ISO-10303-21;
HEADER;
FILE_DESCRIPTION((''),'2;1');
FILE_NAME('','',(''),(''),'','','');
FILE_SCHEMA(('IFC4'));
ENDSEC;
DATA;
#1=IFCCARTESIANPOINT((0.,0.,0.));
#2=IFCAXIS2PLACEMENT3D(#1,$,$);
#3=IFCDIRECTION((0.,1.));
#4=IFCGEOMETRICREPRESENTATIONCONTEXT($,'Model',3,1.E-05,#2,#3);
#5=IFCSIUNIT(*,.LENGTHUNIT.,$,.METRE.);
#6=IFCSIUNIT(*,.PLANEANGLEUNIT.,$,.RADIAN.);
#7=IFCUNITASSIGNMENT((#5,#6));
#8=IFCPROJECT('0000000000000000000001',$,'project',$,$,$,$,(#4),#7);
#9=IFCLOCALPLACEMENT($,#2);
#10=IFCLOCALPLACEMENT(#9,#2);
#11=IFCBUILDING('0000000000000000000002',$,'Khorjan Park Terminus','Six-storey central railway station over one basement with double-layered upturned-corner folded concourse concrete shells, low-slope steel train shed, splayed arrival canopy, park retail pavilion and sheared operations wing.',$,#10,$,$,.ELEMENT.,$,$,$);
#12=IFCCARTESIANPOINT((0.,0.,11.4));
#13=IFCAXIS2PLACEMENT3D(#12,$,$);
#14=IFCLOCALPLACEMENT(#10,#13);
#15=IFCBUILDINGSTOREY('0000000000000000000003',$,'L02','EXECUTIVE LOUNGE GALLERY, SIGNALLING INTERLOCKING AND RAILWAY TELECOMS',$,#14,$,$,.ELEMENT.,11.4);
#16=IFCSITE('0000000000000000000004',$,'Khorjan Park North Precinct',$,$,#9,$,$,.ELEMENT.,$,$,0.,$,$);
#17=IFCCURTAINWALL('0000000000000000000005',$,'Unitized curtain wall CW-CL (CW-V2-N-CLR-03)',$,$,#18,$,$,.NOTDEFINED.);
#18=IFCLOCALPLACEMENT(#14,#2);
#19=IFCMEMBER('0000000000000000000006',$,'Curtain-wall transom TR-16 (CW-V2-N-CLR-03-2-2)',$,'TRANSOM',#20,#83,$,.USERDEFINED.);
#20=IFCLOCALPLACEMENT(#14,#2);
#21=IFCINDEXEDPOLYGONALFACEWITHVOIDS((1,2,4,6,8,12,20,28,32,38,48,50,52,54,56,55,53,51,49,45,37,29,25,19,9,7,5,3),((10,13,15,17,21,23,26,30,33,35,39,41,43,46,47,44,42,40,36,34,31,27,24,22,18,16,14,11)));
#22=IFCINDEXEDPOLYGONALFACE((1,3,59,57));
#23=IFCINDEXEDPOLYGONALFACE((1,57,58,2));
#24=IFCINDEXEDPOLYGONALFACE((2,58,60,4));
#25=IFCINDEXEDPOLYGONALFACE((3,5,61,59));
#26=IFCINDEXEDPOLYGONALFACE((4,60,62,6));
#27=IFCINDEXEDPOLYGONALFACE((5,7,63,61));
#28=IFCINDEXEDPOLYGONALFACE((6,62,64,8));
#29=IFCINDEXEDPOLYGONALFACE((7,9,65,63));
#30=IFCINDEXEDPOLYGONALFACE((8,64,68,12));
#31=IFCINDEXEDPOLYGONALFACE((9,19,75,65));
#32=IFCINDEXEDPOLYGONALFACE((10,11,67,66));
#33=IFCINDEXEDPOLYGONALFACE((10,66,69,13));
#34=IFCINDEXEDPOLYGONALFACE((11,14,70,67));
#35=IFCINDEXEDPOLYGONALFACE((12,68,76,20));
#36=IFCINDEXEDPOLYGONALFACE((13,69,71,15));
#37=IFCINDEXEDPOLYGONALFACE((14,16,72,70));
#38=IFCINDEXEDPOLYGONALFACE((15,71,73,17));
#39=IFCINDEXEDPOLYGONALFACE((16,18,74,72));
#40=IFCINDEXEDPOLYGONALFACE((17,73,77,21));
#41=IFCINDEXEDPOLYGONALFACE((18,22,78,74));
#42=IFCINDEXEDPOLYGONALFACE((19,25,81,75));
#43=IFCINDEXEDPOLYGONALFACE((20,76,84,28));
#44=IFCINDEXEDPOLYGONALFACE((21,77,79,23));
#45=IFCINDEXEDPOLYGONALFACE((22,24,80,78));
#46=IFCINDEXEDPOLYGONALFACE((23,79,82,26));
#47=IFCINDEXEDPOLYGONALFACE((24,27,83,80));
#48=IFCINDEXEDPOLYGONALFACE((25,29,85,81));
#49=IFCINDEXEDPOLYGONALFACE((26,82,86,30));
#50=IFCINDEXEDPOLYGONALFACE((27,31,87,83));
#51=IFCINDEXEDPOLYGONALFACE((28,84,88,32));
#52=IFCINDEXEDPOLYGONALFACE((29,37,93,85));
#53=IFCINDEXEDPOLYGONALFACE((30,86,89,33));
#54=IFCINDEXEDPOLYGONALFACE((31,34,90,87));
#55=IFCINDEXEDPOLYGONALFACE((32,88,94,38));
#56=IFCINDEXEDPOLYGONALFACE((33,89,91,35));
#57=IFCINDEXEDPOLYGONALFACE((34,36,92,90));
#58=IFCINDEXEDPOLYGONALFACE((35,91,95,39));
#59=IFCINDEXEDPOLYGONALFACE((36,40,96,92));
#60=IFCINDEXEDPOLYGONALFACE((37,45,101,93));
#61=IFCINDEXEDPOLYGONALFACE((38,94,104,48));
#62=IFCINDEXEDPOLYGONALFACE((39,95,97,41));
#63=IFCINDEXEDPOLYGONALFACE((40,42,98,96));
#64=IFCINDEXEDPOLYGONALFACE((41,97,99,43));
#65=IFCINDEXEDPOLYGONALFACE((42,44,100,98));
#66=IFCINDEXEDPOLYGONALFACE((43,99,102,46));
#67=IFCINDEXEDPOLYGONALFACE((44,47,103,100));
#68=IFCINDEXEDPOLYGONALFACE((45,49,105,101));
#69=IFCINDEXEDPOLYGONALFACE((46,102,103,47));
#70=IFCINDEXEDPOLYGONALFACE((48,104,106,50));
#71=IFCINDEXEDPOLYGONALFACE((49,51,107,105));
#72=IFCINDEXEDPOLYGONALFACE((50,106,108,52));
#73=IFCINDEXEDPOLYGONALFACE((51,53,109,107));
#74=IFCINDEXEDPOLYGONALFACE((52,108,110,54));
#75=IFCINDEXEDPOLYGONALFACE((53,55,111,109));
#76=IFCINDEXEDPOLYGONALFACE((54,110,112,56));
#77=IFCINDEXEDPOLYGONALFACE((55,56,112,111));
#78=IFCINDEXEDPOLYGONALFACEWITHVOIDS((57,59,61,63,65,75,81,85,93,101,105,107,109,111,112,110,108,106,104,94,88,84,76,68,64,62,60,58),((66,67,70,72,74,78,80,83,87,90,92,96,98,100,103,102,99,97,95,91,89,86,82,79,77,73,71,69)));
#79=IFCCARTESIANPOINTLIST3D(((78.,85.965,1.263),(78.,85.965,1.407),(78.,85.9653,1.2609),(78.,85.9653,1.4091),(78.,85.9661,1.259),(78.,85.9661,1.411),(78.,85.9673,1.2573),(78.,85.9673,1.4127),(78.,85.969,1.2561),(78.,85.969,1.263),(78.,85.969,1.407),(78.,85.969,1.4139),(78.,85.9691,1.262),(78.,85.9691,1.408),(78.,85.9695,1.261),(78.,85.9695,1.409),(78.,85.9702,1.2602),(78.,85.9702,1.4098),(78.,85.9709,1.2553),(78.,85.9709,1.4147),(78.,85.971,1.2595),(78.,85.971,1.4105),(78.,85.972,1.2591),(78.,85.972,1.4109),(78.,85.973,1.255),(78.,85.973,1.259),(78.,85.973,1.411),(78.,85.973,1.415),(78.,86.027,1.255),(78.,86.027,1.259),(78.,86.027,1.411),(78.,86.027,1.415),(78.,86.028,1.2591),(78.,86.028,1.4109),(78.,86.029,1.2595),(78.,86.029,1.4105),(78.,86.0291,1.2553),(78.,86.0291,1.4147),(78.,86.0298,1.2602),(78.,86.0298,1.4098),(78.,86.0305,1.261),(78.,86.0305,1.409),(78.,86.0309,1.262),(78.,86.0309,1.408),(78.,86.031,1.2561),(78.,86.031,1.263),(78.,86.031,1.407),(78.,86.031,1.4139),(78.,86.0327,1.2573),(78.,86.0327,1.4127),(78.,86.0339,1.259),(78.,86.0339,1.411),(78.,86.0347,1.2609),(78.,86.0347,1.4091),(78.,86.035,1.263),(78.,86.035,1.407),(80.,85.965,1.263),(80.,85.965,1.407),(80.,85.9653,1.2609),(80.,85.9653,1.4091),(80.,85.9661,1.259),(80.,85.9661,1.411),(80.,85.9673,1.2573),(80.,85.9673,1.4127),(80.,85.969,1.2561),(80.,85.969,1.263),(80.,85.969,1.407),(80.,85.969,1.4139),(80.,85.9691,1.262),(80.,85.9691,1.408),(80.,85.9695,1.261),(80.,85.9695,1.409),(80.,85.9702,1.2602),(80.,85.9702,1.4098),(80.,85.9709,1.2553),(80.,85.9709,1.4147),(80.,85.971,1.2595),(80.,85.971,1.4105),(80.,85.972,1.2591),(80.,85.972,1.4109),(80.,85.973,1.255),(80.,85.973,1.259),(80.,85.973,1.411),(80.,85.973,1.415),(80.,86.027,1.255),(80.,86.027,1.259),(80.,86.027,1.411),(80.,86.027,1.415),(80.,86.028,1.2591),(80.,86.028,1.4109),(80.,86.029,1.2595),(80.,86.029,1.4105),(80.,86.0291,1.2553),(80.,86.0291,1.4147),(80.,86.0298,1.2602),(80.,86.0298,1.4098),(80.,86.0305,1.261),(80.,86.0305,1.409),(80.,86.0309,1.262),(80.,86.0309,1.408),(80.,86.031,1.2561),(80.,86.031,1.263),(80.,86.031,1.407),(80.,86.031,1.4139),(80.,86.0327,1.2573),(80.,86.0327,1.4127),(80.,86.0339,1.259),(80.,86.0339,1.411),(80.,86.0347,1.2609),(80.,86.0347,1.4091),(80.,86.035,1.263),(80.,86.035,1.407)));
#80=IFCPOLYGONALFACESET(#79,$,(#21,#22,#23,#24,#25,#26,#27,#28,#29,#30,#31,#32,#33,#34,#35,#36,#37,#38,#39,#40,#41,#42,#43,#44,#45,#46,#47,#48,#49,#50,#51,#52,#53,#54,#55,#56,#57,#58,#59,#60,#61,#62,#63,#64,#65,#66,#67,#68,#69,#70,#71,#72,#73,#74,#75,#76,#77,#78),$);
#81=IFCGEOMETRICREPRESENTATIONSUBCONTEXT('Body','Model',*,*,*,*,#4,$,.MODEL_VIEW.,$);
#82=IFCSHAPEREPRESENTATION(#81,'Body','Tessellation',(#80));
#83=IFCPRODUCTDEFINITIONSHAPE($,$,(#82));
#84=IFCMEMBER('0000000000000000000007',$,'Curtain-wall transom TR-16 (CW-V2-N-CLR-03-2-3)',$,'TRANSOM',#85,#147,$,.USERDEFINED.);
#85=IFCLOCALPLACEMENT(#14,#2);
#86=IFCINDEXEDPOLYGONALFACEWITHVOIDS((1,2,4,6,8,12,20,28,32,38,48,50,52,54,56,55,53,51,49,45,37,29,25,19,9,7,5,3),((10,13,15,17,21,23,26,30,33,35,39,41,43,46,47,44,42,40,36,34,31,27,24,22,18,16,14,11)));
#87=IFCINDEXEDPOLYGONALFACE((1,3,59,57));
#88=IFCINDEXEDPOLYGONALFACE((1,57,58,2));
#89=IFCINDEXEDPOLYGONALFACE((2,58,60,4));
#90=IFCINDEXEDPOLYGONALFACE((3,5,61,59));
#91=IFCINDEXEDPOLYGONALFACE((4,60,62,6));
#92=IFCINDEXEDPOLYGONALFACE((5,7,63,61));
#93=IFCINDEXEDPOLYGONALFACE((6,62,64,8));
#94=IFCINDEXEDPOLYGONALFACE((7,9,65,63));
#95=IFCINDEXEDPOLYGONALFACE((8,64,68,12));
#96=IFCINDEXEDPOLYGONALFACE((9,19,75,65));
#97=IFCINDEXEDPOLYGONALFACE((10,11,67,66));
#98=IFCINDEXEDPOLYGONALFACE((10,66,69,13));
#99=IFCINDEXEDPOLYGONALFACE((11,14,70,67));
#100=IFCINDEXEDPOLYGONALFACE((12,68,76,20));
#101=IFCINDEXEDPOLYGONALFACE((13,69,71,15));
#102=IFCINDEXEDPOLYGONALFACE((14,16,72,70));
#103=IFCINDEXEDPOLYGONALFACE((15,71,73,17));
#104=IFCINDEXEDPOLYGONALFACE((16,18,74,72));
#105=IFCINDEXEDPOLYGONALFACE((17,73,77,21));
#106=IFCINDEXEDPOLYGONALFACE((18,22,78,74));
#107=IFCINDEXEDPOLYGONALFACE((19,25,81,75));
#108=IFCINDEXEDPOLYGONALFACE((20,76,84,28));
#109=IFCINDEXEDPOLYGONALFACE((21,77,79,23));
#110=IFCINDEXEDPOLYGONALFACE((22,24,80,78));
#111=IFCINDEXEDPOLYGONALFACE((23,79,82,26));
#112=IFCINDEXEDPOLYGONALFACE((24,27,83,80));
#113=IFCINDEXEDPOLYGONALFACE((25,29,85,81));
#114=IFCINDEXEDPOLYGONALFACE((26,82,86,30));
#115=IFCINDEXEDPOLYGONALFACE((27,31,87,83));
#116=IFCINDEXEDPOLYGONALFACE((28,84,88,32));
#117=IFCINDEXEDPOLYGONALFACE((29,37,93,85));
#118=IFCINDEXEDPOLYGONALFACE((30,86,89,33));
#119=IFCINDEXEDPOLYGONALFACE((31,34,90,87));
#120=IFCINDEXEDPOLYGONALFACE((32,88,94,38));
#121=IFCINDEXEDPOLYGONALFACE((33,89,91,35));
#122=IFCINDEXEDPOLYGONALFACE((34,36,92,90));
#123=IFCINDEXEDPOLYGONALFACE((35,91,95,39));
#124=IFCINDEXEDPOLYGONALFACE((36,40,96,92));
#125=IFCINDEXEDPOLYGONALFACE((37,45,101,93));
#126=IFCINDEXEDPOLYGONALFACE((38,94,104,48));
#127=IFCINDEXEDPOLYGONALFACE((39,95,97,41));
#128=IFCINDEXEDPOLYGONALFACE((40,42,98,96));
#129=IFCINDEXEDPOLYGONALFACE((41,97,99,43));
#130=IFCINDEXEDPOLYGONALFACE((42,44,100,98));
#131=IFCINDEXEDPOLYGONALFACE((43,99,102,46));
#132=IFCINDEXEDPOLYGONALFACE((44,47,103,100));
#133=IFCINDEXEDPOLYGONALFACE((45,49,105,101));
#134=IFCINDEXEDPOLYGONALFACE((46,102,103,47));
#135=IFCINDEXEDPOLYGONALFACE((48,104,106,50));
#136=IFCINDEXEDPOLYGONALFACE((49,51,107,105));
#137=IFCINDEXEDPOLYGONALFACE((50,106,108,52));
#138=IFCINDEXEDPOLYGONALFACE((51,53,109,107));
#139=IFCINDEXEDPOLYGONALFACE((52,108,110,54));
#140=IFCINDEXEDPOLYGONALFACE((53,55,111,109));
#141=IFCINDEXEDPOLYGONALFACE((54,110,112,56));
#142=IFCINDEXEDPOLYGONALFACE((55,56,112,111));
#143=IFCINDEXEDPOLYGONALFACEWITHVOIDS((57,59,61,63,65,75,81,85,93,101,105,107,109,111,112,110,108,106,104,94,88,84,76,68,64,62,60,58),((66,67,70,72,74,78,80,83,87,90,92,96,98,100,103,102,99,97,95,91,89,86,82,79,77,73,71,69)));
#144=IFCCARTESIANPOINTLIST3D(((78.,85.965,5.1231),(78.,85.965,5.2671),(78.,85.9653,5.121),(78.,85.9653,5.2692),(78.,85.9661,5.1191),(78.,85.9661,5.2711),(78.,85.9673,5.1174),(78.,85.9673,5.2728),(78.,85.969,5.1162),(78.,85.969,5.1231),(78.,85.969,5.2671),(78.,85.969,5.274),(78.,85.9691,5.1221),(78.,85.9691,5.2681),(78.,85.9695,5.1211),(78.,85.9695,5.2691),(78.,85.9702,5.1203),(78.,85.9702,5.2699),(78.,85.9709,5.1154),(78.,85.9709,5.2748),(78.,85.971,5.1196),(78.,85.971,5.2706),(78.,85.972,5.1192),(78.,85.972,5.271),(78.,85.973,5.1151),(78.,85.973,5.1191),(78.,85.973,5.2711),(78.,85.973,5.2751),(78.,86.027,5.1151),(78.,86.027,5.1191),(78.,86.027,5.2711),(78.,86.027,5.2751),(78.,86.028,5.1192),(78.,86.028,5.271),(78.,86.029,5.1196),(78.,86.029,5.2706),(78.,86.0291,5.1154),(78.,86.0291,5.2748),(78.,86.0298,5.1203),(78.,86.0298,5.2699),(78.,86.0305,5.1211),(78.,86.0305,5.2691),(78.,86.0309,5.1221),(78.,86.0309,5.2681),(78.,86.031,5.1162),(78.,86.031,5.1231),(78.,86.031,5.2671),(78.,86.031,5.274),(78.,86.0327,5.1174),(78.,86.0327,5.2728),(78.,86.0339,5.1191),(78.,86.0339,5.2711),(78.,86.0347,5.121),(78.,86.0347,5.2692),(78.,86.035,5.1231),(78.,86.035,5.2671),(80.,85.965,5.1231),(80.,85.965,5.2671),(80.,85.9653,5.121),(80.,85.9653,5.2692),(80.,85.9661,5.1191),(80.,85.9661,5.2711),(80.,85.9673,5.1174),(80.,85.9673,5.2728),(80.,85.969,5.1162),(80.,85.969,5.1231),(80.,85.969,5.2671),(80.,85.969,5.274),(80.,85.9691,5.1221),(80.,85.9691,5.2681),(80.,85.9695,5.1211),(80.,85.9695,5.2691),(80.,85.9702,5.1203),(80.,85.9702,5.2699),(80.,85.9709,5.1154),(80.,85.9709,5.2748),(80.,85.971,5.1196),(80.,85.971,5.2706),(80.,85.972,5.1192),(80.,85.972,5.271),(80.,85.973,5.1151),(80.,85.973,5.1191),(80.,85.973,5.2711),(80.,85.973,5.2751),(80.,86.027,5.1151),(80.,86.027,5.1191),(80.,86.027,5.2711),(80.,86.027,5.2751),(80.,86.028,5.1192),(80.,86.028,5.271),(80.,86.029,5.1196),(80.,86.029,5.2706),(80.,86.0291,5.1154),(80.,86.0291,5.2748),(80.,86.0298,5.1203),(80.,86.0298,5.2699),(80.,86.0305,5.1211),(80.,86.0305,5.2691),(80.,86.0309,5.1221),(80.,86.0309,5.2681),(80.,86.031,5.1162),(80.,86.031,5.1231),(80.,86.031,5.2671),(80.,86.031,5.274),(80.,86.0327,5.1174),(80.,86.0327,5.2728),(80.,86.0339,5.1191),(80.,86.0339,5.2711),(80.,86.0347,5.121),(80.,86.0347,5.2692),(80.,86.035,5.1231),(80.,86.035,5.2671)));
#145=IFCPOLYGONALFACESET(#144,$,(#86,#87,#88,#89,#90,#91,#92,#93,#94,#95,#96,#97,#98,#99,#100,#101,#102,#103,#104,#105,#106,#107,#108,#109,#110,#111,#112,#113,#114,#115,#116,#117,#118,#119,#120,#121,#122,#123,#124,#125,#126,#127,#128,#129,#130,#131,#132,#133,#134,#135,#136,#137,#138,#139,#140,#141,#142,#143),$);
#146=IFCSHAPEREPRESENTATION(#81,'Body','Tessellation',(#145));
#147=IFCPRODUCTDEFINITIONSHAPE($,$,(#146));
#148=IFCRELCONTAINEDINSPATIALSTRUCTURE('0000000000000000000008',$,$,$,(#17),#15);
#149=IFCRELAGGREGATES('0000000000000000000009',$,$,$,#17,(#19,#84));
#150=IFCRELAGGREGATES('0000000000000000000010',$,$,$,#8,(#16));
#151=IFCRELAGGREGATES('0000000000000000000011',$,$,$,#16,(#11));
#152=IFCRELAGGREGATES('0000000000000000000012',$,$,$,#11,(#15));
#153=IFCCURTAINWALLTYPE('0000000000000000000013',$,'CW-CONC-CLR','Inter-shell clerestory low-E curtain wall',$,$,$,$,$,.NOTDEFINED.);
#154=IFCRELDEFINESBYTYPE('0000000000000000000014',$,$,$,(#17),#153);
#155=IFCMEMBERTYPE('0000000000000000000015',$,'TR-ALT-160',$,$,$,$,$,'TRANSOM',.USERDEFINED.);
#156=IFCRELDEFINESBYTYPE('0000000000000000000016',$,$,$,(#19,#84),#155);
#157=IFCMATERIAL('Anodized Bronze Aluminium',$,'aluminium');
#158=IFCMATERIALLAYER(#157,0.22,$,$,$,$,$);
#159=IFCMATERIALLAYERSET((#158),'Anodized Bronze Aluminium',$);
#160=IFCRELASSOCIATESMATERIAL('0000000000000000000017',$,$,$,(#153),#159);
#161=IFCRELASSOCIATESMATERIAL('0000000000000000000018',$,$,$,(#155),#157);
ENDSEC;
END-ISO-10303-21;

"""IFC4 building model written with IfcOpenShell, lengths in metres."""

from ifc_helpers import new_model, si_unit, direction, frame, origin, origin_2d, place, context, subcontext, project, spatial, hollow_rectangle, extrude, material, layer, layer_set, material_profile, profile_set, type_object, element, aggregate, save


model = new_model("IFC4")

# Units and contexts
model_context = context("Model", 3, precision=1e-05, world=origin(), true_north=direction((0.0, 1.0)))
body_context = subcontext(model_context, "Body", "Model", "MODEL_VIEW")
ifc_project = project(units=[si_unit("LENGTHUNIT", "METRE"), si_unit("PLANEANGLEUNIT", "RADIAN")], contexts=[model_context])

# Site, building, storey
site_placement = place(None, origin())
site = spatial("IfcSite", under=ifc_project, at=site_placement, Name="Khorjan Park North Precinct", CompositionType="ELEMENT", RefElevation=0.0)
building_placement = place(site_placement, origin())
building = spatial("IfcBuilding", under=site, at=building_placement, Name="Khorjan Park Terminus", Description="Six-storey central railway station over one basement with double-layered upturned-corner folded concourse concrete shells, low-slope steel train shed, splayed arrival canopy, park retail pavilion and sheared operations wing.", CompositionType="ELEMENT")
storey_placement = place(building_placement, frame((0.0, 0.0, 11.4)))
storey = spatial("IfcBuildingStorey", under=building, at=storey_placement, Name="L02", Description="EXECUTIVE LOUNGE GALLERY, SIGNALLING INTERLOCKING AND RAILWAY TELECOMS", CompositionType="ELEMENT", Elevation=11.4)

# Curtain wall
ifc_material_1 = material(Name="Anodized Bronze Aluminium", Category="aluminium")
ifc_layer_1 = layer(ifc_material_1, 0.22)
ifc_layer_set_1 = layer_set([ifc_layer_1], Name="Anodized Bronze Aluminium")
curtain_wall_type = type_object("IfcCurtainWallType", Name="CW-CONC-CLR", Description="Inter-shell clerestory low-E curtain wall", PredefinedType="NOTDEFINED", material=ifc_layer_set_1)
curtain_wall_1_placement = place(storey_placement, origin())
curtain_wall_1 = element("IfcCurtainWall", 1, at=curtain_wall_1_placement, inside=storey, type_object=curtain_wall_type, Name="Unitized curtain wall CW-CL (CW-V2-N-CLR-03)", PredefinedType="NOTDEFINED")

# Members
ifc_material_profile_1 = material_profile(ifc_material_1, hollow_rectangle(XDim=0.07, YDim=0.16, WallThickness=0.004, InnerFilletRadius=0.004, OuterFilletRadius=0.008, at=origin_2d()), Name="ALT 70x160x4")
ifc_profile_set_1 = profile_set([ifc_material_profile_1], Name="Anodized Bronze Aluminium")
member_type_1 = type_object("IfcMemberType", Name="TR-ALT-160", ElementType="TRANSOM", PredefinedType="USERDEFINED", material=ifc_profile_set_1)
member_1_placement = place(storey_placement, frame((80.0, 86.0, 1.335), z_axis=(-1.0, 0.0, 0.0), x_axis=(0.0, -1.0, 0.0)))
member_1 = element("IfcMember", 2, at=member_1_placement, type_object=member_type_1, Name="Curtain-wall transom TR-16 (CW-V2-N-CLR-03-2-2)", ObjectType="TRANSOM", PredefinedType="USERDEFINED", context=body_context, shape_type="SweptSolid", body=[
    extrude(hollow_rectangle(XDim=0.07, YDim=0.16, WallThickness=0.004, InnerFilletRadius=0.004, OuterFilletRadius=0.008, at=origin_2d()), origin(), (0.0, 0.0, 1.0), 2.0),
])
member_2_placement = place(storey_placement, frame((80.0, 86.0, 5.1951), z_axis=(-1.0, 0.0, 0.0), x_axis=(0.0, -1.0, 0.0)))
member_2 = element("IfcMember", 3, at=member_2_placement, type_object=member_type_1, Name="Curtain-wall transom TR-16 (CW-V2-N-CLR-03-2-3)", ObjectType="TRANSOM", PredefinedType="USERDEFINED", context=body_context, shape_type="SweptSolid", body=[
    extrude(hollow_rectangle(XDim=0.07, YDim=0.16, WallThickness=0.004, InnerFilletRadius=0.004, OuterFilletRadius=0.008, at=origin_2d()), origin(), (0.0, 0.0, 1.0), 2.0),
])

aggregate(curtain_wall_1, [member_1, member_2])

save(model, "model.ifc")
